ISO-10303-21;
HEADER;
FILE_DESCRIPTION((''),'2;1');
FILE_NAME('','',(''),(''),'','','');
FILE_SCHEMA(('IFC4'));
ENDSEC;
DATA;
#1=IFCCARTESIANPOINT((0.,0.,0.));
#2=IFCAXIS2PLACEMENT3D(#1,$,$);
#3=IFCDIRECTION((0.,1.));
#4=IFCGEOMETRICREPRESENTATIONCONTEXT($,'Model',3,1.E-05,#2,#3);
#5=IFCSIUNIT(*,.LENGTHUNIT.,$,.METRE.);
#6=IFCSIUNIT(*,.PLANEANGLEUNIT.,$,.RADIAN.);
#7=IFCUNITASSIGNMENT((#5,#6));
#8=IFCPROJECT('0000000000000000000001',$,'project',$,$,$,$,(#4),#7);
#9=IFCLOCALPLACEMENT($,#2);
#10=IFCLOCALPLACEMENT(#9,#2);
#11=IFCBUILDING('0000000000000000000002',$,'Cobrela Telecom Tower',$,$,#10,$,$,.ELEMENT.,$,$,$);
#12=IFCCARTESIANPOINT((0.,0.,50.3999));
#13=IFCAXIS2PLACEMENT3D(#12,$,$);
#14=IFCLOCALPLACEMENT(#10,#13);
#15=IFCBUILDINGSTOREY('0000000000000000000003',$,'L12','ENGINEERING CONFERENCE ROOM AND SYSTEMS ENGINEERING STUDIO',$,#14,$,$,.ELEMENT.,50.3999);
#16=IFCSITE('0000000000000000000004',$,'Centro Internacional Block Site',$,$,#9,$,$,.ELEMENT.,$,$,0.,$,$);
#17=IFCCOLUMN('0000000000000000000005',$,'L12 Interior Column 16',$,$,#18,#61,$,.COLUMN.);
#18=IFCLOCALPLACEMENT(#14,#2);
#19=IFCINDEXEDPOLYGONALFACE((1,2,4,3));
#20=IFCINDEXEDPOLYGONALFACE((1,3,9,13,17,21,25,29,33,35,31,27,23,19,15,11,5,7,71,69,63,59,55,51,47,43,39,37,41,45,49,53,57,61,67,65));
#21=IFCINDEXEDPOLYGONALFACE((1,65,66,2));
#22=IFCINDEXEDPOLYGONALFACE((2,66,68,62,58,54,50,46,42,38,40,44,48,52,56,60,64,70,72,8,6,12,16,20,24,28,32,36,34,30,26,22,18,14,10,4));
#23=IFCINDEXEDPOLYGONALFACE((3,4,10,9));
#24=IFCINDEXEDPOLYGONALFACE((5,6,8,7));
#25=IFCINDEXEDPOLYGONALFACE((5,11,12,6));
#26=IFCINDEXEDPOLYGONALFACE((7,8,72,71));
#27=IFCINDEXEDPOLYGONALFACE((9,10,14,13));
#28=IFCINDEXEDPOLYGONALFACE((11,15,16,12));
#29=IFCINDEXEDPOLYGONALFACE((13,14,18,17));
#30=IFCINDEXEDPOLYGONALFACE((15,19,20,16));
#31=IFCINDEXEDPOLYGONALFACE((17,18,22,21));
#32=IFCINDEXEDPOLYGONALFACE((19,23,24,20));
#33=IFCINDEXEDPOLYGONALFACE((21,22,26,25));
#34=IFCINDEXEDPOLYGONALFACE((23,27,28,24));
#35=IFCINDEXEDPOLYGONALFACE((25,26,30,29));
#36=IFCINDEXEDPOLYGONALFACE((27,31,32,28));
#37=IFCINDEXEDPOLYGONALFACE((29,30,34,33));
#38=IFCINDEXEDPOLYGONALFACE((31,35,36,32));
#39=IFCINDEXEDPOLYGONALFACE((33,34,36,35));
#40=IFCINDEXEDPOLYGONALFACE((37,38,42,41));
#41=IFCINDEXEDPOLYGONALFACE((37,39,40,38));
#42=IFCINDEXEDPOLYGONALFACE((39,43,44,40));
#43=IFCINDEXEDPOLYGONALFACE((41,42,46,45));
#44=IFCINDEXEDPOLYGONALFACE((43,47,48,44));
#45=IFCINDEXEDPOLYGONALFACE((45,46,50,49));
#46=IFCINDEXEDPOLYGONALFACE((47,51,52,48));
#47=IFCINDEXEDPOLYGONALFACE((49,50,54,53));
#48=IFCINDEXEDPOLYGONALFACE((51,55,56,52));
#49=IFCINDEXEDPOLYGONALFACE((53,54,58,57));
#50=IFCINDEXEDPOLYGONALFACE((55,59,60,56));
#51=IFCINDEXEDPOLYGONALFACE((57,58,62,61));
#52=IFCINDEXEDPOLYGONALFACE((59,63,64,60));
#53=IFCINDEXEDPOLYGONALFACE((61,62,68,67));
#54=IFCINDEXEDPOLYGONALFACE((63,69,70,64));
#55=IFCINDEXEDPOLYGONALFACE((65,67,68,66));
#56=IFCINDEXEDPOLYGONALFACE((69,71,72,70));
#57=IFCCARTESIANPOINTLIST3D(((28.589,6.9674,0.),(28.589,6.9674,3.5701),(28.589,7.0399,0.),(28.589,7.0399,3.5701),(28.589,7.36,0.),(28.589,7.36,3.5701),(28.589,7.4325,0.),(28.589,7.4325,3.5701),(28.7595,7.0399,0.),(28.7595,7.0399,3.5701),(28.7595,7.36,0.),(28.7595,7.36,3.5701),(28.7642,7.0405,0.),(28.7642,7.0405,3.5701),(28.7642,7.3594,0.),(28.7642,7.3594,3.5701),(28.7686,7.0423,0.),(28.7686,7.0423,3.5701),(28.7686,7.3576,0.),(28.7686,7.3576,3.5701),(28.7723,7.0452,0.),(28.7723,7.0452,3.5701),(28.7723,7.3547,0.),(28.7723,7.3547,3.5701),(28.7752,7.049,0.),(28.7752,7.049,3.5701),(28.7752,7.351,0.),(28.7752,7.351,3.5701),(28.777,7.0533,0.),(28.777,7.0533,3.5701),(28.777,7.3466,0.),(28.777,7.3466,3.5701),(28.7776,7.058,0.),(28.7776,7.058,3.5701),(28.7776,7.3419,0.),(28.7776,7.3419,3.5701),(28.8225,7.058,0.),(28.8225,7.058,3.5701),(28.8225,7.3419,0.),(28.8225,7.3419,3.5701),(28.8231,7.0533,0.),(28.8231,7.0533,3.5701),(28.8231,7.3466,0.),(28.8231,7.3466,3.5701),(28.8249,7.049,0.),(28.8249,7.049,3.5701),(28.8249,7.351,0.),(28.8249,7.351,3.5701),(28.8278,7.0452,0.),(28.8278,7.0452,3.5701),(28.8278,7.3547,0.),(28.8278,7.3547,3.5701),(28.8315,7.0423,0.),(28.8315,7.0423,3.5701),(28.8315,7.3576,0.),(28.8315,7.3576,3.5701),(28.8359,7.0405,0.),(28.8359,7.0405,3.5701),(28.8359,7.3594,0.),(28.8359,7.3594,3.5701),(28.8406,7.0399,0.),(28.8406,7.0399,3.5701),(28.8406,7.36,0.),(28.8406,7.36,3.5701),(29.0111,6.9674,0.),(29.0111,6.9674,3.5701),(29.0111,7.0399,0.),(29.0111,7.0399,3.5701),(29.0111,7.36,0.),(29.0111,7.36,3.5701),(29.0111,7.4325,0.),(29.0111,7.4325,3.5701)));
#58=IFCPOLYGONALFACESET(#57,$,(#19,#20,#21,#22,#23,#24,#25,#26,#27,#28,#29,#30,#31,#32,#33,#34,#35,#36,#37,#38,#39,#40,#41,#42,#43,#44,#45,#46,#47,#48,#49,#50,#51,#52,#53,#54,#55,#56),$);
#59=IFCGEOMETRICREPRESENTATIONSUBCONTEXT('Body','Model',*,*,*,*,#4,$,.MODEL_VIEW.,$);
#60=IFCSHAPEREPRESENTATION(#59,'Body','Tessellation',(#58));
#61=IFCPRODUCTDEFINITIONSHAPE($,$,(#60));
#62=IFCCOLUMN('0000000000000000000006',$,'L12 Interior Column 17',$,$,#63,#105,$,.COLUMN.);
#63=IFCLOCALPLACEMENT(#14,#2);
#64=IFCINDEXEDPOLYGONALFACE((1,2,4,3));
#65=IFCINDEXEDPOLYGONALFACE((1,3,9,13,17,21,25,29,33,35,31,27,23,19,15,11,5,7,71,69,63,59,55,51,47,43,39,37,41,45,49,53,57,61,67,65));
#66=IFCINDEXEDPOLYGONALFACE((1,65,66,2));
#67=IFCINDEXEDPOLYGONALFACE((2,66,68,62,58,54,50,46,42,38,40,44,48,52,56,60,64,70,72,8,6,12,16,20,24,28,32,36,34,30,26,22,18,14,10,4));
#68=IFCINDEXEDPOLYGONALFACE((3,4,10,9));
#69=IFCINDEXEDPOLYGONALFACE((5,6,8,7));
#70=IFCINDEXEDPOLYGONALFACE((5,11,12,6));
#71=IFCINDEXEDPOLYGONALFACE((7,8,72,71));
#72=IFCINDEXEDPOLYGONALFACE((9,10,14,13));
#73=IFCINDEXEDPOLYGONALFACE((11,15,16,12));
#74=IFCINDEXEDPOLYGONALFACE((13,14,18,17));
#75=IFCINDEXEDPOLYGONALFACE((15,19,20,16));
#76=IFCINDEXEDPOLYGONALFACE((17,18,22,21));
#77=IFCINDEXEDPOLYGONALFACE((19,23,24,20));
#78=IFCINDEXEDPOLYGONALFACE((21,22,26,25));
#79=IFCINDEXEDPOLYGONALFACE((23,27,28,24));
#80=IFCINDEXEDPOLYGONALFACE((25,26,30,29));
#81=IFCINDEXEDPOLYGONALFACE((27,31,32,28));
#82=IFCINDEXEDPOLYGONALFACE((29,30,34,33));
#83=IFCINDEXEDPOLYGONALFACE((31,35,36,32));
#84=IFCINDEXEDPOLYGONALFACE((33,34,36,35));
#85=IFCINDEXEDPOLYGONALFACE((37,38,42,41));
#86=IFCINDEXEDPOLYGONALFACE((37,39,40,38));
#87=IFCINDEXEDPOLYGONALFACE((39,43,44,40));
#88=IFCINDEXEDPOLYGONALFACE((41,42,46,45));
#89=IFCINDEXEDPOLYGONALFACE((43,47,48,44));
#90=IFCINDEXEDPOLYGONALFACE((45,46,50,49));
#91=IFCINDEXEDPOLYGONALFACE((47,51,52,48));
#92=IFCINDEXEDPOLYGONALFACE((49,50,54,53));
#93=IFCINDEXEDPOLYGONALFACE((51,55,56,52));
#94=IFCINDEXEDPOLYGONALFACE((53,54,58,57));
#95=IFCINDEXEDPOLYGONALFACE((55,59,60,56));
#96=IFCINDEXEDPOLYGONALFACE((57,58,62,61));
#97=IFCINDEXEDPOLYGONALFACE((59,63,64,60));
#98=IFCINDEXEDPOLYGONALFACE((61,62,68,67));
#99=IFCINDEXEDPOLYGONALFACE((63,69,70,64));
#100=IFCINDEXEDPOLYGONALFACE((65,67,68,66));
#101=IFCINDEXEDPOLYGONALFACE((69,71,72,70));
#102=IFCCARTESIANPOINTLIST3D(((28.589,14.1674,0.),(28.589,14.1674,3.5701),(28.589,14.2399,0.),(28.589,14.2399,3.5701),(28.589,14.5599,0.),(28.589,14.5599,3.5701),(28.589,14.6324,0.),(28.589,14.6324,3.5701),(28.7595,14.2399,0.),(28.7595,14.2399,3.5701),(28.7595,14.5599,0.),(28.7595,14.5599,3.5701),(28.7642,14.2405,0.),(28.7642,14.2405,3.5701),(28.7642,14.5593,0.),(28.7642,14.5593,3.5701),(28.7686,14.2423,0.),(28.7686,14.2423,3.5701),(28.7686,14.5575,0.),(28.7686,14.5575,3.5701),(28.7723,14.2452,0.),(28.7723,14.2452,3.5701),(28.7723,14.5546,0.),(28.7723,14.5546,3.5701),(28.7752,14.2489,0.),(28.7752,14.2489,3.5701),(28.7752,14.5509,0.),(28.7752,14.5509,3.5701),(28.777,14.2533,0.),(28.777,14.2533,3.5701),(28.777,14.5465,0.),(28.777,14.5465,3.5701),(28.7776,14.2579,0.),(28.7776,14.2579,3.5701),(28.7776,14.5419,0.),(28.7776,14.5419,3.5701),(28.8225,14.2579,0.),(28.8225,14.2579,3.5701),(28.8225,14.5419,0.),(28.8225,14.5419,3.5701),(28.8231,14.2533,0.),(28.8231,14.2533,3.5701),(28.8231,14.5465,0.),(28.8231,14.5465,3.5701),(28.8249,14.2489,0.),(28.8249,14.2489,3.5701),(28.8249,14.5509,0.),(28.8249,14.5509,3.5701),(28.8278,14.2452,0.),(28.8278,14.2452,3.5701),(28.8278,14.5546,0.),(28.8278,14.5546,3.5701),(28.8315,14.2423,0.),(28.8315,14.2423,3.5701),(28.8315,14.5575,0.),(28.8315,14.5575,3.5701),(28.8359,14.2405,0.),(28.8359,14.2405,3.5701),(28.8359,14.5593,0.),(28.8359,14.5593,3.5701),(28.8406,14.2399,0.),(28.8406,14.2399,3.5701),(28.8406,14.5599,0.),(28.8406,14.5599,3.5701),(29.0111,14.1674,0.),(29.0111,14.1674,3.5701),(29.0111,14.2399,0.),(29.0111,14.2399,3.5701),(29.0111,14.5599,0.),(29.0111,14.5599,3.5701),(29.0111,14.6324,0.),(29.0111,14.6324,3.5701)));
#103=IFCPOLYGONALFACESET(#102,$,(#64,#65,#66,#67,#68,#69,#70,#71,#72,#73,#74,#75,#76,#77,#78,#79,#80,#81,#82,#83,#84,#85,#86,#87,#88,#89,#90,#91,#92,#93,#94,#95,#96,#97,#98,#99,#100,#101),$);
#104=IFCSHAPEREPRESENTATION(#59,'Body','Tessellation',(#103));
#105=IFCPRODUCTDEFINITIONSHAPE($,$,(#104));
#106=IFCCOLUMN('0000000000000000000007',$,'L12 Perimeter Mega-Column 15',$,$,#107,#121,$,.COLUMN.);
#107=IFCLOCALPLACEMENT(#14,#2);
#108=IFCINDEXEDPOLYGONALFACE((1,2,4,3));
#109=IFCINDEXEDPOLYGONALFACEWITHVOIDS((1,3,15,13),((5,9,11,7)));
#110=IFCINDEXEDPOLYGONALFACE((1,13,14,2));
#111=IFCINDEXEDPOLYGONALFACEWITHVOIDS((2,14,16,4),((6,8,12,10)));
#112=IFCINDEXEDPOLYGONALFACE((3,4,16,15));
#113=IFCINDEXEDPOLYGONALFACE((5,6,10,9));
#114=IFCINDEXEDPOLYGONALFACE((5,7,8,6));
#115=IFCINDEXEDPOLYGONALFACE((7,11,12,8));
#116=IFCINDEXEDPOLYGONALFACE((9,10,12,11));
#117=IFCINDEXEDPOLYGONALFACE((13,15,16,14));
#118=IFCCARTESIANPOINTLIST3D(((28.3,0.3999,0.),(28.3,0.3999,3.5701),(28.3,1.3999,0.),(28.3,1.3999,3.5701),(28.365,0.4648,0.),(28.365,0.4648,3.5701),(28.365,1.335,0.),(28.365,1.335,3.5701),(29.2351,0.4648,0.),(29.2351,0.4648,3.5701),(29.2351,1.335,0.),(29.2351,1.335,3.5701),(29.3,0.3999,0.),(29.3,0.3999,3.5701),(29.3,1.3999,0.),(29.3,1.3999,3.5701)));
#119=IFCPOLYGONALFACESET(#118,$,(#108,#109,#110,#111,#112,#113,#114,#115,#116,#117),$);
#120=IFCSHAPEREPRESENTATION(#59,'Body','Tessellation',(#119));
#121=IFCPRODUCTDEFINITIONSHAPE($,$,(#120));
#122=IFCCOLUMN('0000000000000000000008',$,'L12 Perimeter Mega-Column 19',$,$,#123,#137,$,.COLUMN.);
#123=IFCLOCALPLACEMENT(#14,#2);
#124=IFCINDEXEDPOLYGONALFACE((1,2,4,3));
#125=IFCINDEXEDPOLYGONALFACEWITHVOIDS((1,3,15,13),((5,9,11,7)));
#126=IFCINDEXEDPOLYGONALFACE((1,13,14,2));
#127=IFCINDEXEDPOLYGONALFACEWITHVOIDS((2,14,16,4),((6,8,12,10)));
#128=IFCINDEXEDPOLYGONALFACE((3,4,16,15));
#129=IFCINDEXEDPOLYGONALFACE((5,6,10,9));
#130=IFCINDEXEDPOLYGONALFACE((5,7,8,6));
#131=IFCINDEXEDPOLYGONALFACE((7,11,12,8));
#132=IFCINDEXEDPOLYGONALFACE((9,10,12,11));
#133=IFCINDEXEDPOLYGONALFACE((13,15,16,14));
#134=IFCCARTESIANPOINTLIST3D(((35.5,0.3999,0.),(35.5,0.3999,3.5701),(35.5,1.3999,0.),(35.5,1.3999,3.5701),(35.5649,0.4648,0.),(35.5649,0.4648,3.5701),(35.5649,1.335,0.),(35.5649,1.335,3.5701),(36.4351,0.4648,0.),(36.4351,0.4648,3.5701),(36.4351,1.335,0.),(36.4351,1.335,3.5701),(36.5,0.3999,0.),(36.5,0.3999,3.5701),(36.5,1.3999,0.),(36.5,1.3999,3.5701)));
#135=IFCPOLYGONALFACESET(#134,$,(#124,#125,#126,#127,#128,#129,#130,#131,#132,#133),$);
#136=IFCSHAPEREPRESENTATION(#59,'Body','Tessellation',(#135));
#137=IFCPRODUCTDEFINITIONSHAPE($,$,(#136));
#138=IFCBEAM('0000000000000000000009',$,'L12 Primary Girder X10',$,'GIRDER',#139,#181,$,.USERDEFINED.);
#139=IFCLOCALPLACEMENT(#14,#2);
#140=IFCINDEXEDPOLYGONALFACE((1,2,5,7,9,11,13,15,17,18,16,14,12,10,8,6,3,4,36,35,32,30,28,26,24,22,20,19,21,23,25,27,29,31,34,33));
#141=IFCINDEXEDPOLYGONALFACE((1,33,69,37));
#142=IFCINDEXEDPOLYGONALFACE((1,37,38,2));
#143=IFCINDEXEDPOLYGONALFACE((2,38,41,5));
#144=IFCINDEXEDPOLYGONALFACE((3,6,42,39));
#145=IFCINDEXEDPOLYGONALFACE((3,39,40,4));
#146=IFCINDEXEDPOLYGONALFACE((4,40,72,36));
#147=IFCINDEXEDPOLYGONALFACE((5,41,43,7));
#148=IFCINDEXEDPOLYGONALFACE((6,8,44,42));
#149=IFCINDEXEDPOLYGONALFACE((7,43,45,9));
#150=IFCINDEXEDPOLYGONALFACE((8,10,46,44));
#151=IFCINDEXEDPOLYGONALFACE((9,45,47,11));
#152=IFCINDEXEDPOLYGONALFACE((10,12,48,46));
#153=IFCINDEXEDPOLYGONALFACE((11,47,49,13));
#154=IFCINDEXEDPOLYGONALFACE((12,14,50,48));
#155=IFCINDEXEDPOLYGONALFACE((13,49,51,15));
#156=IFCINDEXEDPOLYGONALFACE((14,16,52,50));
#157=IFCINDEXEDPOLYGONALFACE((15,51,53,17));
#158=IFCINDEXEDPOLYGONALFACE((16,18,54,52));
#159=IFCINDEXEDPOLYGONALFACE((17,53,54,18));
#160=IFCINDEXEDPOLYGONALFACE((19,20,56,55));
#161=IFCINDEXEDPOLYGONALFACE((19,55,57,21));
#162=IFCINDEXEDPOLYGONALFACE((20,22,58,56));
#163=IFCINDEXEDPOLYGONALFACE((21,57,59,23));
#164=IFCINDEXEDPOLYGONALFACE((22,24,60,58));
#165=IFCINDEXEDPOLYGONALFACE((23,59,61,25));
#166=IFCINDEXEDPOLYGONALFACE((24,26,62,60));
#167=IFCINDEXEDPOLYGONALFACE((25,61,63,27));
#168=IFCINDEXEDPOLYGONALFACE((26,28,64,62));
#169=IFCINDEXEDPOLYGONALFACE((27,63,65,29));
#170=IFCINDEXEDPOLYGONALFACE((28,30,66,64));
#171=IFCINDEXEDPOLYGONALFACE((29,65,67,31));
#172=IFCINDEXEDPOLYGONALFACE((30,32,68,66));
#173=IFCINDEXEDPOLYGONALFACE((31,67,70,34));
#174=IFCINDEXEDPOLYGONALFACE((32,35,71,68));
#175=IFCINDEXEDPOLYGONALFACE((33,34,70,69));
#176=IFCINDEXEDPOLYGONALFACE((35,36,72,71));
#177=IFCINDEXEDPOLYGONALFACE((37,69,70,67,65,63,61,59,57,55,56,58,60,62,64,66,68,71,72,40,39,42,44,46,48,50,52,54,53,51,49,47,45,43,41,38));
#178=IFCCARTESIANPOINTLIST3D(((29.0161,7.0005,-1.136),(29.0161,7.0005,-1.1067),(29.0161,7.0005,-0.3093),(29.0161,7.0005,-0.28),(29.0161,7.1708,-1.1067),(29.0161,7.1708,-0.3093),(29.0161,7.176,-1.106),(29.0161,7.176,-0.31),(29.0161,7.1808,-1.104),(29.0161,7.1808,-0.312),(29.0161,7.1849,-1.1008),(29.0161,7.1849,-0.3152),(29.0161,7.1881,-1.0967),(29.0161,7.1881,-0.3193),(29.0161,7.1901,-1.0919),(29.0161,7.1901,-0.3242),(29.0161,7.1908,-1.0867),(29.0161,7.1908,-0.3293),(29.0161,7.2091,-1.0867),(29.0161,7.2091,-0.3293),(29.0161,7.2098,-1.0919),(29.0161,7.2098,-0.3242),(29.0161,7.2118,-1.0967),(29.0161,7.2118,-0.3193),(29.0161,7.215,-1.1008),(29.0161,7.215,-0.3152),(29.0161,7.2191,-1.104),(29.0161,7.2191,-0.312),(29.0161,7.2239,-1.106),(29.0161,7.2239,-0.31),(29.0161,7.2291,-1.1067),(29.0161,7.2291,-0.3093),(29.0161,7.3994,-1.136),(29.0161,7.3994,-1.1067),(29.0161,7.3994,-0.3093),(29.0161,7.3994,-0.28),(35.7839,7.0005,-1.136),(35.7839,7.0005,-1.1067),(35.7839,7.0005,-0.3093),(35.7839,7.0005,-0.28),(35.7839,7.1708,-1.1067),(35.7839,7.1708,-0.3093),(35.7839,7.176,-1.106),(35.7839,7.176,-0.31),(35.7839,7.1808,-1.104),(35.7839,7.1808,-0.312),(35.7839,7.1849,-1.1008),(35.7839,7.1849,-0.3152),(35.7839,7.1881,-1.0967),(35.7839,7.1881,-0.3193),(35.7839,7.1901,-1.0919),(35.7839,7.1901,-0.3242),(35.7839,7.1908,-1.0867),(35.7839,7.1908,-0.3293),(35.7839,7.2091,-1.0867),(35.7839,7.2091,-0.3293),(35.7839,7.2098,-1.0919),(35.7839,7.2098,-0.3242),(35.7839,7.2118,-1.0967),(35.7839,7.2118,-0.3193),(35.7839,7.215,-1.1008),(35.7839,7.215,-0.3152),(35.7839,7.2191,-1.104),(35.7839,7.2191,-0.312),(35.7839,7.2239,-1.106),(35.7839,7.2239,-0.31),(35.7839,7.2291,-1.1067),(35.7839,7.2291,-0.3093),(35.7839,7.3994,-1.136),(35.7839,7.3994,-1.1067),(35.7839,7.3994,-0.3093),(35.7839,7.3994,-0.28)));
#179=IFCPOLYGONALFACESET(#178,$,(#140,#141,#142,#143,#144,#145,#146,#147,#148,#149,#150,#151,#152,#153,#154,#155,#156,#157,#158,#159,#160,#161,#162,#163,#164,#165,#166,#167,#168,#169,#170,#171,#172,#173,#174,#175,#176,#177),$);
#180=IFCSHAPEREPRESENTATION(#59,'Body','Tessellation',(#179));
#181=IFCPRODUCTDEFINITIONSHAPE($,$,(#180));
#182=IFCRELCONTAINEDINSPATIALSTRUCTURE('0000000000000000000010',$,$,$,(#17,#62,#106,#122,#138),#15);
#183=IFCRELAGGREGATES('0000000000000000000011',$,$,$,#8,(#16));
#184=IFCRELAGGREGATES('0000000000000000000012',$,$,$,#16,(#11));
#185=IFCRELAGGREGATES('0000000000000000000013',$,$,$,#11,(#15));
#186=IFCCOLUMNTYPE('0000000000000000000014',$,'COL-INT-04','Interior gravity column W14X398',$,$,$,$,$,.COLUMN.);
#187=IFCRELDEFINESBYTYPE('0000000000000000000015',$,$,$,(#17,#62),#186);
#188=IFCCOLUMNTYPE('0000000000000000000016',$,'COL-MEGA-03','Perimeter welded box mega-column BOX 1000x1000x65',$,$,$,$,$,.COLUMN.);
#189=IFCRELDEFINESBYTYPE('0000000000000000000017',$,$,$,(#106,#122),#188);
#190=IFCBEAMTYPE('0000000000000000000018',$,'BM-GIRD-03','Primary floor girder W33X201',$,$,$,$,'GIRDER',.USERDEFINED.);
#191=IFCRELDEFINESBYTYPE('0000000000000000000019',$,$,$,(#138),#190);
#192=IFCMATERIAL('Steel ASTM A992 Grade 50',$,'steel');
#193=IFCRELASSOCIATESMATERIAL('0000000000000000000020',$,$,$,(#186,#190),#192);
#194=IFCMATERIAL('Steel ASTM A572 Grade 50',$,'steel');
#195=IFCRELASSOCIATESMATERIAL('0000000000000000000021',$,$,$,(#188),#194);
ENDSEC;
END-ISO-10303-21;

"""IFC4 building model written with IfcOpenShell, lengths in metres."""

from ifc_helpers import new_model, si_unit, direction, frame, origin, origin_2d, place, context, subcontext, project, spatial, hollow_rectangle, i_section, extrude, material, material_profile, profile_set, type_object, element, save


model = new_model("IFC4")

# Units and contexts
model_context = context("Model", 3, precision=1e-05, world=origin(), true_north=direction((0.0, 1.0)))
body_context = subcontext(model_context, "Body", "Model", "MODEL_VIEW")
ifc_project = project(units=[si_unit("LENGTHUNIT", "METRE"), si_unit("PLANEANGLEUNIT", "RADIAN")], contexts=[model_context])

# Site, building, storey
site_placement = place(None, origin())
site = spatial("IfcSite", under=ifc_project, at=site_placement, Name="Centro Internacional Block Site", CompositionType="ELEMENT", RefElevation=0.0)
building_placement = place(site_placement, origin())
building = spatial("IfcBuilding", under=site, at=building_placement, Name="Cobrela Telecom Tower", CompositionType="ELEMENT")
storey_placement = place(building_placement, frame((0.0, 0.0, 50.3999)))
storey = spatial("IfcBuildingStorey", under=building, at=storey_placement, Name="L12", Description="ENGINEERING CONFERENCE ROOM AND SYSTEMS ENGINEERING STUDIO", CompositionType="ELEMENT", Elevation=50.3999)

# Columns
ifc_material_1 = material(Name="Steel ASTM A992 Grade 50", Category="steel")
ifc_material_profile_1 = material_profile(ifc_material_1, i_section(OverallWidth=0.4221, OverallDepth=0.4651, WebThickness=0.0449, FlangeThickness=0.0725, FilletRadius=0.0181, at=origin_2d()), Name="W14X398")
ifc_profile_set_1 = profile_set([ifc_material_profile_1], Name="Steel ASTM A992 Grade 50")
column_type_1 = type_object("IfcColumnType", Name="COL-INT-04", Description="Interior gravity column W14X398", PredefinedType="COLUMN", material=ifc_profile_set_1)
for number, where, z_axis, x_axis, name in (
    (1, (28.8, 7.2, 0.0), (0.0, 0.0, 1.0), (1.0, 0.0, 0.0), "L12 Interior Column 16"),
    (2, (28.8, 14.3999, 0.0), (0.0, 0.0, 1.0), (1.0, 0.0, 0.0), "L12 Interior Column 17"),
):
    element("IfcColumn", number, at=place(storey_placement, frame(where, z_axis=z_axis, x_axis=x_axis)), inside=storey, type_object=column_type_1, Name=name, PredefinedType="COLUMN", context=body_context, shape_type="SweptSolid", body=[
        extrude(i_section(OverallWidth=0.4221, OverallDepth=0.4651, WebThickness=0.0449, FlangeThickness=0.0725, FilletRadius=0.0181, at=origin_2d()), origin(), (0.0, 0.0, 1.0), 3.5701),
    ])
ifc_material_2 = material(Name="Steel ASTM A572 Grade 50", Category="steel")
ifc_material_profile_2 = material_profile(ifc_material_2, hollow_rectangle(XDim=1.0, YDim=1.0, WallThickness=0.0649, at=origin_2d()), Name="BOX 1000x1000x65")
ifc_profile_set_2 = profile_set([ifc_material_profile_2], Name="Steel ASTM A572 Grade 50")
column_type_2 = type_object("IfcColumnType", Name="COL-MEGA-03", Description="Perimeter welded box mega-column BOX 1000x1000x65", PredefinedType="COLUMN", material=ifc_profile_set_2)
for number, where, z_axis, x_axis, name in (
    (3, (28.8, 0.8999, 0.0), (0.0, 0.0, 1.0), (1.0, 0.0, 0.0), "L12 Perimeter Mega-Column 15"),
    (4, (36.0, 0.8999, 0.0), (0.0, 0.0, 1.0), (1.0, 0.0, 0.0), "L12 Perimeter Mega-Column 19"),
):
    element("IfcColumn", number, at=place(storey_placement, frame(where, z_axis=z_axis, x_axis=x_axis)), inside=storey, type_object=column_type_2, Name=name, PredefinedType="COLUMN", context=body_context, shape_type="SweptSolid", body=[
        extrude(hollow_rectangle(XDim=1.0, YDim=1.0, WallThickness=0.0649, at=origin_2d()), origin(), (0.0, 0.0, 1.0), 3.5701),
    ])

# Beam
ifc_material_profile_3 = material_profile(ifc_material_1, i_section(OverallWidth=0.3989, OverallDepth=0.856, WebThickness=0.0183, FlangeThickness=0.0293, FilletRadius=0.02, at=origin_2d()), Name="W33X201")
ifc_profile_set_3 = profile_set([ifc_material_profile_3], Name="Steel ASTM A992 Grade 50")
beam_type_1 = type_object("IfcBeamType", Name="BM-GIRD-03", Description="Primary floor girder W33X201", ElementType="GIRDER", PredefinedType="USERDEFINED", material=ifc_profile_set_3)
for number, where, z_axis, x_axis, name in (
    (5, (29.0161, 7.2, -0.708), (1.0, 0.0, 0.0), (0.0, 1.0, 0.0), "L12 Primary Girder X10"),
):
    element("IfcBeam", number, at=place(storey_placement, frame(where, z_axis=z_axis, x_axis=x_axis)), inside=storey, type_object=beam_type_1, Name=name, ObjectType="GIRDER", PredefinedType="USERDEFINED", context=body_context, shape_type="SweptSolid", body=[
        extrude(i_section(OverallWidth=0.3989, OverallDepth=0.856, WebThickness=0.0183, FlangeThickness=0.0293, FilletRadius=0.02, at=origin_2d()), origin(), (0.0, 0.0, 1.0), 6.7678),
    ])

save(model, "model.ifc")
